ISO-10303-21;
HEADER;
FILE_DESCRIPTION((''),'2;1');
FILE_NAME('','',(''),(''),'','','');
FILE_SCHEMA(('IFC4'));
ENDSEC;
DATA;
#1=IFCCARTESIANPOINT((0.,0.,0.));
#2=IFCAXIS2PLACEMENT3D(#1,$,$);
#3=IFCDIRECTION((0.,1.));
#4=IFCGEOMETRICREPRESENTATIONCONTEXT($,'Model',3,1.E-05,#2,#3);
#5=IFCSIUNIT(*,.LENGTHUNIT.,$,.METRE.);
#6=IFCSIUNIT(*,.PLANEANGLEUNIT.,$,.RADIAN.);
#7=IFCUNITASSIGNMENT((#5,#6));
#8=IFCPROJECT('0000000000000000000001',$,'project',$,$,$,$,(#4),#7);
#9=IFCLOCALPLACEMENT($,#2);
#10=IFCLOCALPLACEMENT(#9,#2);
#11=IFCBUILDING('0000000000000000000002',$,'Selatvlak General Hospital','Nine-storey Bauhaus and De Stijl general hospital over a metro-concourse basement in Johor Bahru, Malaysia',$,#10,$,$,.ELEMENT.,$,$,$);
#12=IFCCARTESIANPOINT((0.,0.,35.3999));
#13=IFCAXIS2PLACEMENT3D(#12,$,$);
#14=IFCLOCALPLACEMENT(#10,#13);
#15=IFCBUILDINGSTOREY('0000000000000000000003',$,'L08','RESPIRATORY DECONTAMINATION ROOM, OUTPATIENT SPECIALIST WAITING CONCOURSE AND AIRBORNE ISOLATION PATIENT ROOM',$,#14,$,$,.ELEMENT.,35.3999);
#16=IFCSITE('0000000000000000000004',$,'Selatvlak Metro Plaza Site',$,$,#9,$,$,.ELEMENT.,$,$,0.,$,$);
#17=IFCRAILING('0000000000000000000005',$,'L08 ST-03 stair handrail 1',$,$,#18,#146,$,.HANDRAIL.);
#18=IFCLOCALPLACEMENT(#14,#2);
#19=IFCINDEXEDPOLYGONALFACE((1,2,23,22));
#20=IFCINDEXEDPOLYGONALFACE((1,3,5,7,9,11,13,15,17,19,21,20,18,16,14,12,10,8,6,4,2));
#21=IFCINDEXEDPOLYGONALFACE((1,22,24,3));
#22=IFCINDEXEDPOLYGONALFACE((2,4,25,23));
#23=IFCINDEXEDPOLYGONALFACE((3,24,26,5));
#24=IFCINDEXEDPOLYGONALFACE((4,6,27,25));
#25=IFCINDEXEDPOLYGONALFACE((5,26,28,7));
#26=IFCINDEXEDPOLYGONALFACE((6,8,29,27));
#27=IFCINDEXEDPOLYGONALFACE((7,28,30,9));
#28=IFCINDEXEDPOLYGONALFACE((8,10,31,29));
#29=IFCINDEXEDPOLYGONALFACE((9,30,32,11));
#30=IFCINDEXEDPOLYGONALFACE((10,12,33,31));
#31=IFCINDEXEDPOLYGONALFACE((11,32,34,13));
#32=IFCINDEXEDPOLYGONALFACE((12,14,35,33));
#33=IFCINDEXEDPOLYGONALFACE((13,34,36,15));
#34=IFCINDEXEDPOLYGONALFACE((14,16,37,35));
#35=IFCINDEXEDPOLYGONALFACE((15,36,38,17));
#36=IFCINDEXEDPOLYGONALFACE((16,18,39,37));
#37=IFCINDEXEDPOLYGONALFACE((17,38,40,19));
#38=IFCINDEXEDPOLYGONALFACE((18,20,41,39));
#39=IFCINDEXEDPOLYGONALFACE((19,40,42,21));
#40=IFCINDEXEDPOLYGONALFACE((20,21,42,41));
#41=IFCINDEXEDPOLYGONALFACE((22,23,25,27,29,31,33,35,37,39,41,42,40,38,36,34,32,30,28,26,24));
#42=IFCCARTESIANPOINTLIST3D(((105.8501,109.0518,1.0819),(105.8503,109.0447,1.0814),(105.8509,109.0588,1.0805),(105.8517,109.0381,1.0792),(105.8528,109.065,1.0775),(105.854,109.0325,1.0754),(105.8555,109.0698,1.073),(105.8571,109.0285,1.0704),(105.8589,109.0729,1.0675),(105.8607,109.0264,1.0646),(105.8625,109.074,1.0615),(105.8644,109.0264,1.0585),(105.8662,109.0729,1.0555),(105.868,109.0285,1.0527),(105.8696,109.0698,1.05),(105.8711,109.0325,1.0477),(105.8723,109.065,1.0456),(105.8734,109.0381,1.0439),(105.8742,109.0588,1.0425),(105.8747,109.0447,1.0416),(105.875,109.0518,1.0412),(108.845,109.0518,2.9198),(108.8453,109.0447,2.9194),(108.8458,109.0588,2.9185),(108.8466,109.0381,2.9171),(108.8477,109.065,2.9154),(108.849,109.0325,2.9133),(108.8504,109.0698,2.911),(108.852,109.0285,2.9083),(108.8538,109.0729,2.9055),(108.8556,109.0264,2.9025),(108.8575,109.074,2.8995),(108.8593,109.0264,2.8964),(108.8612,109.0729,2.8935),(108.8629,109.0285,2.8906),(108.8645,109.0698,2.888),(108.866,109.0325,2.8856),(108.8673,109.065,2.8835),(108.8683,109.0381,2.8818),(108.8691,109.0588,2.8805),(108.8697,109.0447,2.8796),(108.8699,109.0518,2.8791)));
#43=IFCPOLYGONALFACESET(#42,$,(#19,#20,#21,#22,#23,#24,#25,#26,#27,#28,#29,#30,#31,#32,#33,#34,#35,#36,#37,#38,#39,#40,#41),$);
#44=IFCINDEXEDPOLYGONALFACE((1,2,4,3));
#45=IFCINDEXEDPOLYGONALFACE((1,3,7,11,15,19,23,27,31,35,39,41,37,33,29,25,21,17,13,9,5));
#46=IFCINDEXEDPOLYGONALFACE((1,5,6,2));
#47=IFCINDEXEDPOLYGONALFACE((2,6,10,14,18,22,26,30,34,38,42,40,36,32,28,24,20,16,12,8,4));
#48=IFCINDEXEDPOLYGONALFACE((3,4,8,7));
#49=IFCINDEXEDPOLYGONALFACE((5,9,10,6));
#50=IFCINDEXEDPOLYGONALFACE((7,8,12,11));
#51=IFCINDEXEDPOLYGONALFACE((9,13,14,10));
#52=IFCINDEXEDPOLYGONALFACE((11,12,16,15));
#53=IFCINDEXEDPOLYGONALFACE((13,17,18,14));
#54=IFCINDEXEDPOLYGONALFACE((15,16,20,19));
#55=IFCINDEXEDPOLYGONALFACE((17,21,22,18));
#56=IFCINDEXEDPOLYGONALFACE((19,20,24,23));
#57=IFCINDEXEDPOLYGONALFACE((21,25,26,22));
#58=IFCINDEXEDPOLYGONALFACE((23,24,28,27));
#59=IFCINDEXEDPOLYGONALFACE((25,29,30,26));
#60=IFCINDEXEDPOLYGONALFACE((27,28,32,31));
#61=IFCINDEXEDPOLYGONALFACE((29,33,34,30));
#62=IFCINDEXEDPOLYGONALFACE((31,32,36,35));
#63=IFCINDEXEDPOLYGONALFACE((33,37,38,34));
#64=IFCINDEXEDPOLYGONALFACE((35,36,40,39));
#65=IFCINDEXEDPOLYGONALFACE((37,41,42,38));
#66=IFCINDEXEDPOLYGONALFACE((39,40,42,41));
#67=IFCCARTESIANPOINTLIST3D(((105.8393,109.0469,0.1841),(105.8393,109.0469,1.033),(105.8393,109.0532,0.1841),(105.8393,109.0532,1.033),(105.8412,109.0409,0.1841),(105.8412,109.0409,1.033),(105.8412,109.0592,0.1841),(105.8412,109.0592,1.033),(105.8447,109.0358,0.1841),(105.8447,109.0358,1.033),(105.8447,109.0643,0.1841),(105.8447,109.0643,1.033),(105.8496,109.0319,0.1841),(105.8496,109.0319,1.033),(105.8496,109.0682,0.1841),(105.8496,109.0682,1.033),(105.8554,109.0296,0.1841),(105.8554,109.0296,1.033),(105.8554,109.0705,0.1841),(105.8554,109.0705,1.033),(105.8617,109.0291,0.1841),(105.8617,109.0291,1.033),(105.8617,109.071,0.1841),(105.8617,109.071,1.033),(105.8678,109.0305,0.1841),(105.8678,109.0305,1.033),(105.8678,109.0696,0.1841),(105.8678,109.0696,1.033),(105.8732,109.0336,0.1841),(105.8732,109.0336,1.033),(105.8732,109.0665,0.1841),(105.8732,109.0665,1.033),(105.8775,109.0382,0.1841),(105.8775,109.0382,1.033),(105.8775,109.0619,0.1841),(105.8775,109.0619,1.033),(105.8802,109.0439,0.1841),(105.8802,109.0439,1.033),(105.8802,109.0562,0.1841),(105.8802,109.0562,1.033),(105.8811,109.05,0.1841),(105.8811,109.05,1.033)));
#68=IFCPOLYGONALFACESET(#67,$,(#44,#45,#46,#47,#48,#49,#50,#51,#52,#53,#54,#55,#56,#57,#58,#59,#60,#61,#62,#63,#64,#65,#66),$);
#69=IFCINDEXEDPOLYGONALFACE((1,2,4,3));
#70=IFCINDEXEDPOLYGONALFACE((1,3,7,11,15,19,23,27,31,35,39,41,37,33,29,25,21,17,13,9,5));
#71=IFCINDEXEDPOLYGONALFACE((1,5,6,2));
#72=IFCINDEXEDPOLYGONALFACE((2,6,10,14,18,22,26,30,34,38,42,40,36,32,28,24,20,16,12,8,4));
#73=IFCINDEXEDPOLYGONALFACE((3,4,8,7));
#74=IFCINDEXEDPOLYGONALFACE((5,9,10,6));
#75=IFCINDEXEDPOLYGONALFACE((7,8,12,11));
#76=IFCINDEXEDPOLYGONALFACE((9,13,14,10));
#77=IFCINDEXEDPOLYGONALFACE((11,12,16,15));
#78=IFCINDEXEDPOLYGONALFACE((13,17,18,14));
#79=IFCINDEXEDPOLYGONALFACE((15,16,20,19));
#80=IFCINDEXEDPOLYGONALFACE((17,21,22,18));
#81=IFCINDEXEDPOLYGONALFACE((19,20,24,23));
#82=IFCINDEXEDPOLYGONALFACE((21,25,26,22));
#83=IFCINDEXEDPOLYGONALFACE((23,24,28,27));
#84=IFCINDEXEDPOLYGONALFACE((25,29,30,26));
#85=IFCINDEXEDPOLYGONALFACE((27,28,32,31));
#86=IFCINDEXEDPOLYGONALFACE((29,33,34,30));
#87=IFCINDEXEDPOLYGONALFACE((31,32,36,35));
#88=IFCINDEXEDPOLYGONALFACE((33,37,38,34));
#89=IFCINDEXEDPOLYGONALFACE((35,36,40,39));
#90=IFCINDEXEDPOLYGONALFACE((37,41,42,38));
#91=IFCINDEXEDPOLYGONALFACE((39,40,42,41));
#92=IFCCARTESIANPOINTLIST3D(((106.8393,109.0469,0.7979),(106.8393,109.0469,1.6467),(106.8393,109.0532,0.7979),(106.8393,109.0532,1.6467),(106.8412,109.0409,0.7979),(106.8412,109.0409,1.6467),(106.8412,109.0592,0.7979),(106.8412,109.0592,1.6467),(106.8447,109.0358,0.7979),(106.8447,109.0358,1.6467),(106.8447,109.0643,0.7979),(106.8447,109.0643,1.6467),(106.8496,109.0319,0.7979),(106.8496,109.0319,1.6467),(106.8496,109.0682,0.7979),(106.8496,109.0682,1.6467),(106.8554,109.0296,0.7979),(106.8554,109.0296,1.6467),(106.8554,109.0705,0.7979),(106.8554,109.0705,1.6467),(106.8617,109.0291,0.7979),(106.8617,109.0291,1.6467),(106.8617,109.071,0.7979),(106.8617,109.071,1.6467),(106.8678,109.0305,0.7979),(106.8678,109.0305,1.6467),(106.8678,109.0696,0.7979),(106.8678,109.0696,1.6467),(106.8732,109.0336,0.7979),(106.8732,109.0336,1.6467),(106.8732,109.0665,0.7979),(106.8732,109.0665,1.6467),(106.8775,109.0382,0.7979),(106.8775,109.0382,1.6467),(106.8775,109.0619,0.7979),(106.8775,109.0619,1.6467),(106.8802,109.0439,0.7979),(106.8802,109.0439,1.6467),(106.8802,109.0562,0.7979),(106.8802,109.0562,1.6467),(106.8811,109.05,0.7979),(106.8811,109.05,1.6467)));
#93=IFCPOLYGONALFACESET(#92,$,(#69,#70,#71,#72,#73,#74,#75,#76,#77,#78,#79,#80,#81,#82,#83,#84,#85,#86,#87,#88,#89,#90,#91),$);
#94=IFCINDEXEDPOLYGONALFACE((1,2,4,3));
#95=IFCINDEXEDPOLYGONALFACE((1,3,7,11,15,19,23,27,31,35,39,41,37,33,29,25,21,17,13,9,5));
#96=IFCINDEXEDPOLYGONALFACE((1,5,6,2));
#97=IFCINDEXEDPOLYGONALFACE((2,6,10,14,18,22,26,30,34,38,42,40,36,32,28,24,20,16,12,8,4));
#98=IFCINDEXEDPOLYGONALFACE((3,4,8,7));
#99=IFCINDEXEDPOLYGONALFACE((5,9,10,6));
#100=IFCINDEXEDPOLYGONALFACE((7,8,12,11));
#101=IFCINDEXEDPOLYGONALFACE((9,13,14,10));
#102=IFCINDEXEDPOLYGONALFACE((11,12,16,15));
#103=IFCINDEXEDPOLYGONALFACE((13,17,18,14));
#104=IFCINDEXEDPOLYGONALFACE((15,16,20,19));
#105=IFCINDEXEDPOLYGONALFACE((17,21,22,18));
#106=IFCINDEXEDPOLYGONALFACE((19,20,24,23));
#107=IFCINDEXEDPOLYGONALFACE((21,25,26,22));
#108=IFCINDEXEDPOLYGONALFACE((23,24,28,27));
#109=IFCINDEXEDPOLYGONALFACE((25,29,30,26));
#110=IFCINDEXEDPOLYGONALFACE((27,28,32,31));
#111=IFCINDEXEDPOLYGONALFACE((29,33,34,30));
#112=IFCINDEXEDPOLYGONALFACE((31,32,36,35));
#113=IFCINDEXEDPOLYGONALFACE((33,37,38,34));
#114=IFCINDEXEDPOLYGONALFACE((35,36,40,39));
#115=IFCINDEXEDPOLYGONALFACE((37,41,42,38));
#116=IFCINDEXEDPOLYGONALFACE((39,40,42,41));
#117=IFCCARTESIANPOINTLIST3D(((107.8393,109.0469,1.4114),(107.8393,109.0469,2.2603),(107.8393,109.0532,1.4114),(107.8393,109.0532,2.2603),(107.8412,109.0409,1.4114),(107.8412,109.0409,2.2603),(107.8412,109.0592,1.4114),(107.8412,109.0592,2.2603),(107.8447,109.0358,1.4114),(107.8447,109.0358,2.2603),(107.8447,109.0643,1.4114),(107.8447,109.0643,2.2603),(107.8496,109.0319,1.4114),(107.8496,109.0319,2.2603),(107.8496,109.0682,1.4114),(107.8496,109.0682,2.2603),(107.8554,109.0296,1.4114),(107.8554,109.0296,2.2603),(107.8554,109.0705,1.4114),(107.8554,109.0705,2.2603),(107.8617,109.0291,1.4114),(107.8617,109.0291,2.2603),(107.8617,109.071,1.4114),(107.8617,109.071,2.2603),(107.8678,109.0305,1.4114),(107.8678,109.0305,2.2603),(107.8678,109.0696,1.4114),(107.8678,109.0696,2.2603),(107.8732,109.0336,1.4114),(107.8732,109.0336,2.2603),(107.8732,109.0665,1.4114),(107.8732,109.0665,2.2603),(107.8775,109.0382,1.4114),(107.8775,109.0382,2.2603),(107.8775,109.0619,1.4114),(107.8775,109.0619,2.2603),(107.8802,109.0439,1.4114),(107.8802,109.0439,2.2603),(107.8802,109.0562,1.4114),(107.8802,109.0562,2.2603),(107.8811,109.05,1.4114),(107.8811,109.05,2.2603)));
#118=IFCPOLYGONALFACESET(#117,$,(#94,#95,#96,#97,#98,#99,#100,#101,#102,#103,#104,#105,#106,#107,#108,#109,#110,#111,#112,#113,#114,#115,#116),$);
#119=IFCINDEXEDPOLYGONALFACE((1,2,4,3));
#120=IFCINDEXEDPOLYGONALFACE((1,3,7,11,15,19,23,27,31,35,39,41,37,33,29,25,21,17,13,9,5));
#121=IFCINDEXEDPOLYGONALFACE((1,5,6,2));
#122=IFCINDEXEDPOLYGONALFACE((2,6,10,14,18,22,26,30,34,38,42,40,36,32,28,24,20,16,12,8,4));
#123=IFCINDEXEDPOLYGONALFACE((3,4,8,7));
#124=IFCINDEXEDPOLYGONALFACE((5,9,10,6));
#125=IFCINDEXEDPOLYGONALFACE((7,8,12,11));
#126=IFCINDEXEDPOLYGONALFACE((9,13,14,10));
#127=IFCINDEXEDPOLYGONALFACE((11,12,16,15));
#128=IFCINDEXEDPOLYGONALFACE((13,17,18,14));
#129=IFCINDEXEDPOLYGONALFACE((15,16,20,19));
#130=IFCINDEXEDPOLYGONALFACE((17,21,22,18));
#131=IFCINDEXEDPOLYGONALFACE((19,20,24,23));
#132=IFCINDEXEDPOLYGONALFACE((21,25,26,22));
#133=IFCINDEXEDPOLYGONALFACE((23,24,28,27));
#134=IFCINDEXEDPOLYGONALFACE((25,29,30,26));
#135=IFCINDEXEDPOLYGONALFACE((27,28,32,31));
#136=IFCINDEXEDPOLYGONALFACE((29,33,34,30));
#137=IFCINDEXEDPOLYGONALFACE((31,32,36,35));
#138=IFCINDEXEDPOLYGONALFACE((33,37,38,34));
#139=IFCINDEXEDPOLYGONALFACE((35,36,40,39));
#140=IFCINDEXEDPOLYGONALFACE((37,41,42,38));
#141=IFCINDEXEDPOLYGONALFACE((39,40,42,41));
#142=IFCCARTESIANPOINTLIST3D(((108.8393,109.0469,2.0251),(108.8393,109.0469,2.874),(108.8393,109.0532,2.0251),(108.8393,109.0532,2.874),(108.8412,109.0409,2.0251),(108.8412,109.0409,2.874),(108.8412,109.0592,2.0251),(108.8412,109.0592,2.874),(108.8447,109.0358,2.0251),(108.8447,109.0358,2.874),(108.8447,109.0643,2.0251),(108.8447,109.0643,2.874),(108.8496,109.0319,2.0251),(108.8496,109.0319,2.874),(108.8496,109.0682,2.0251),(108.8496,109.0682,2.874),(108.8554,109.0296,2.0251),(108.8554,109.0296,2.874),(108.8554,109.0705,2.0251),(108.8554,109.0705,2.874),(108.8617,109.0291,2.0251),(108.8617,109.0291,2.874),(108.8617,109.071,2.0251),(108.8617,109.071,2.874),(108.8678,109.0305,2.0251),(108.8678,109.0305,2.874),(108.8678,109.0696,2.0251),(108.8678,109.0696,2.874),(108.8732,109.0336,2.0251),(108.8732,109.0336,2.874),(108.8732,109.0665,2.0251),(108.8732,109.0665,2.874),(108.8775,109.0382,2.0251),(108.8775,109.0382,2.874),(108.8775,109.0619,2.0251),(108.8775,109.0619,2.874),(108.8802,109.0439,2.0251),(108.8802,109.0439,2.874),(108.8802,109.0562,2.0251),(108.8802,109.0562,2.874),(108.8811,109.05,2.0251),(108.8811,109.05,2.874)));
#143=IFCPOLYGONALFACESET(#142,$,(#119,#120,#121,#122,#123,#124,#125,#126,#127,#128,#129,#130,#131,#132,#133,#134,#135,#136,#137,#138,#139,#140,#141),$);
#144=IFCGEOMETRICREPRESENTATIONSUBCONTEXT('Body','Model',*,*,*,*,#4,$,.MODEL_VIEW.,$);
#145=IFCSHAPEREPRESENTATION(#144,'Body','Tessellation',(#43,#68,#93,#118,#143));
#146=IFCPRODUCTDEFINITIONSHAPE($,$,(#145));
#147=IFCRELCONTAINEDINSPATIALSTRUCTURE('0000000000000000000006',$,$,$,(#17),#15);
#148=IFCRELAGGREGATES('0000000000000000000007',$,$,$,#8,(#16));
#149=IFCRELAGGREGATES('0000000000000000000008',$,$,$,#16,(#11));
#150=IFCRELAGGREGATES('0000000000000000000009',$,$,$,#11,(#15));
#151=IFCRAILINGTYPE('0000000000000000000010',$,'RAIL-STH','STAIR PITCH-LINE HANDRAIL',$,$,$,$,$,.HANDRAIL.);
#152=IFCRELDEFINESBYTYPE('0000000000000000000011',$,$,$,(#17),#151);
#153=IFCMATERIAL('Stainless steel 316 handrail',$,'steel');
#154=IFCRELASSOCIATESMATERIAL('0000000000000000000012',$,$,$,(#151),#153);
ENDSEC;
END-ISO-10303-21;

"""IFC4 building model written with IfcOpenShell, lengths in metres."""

from ifc_helpers import new_model, si_unit, direction, frame, origin, origin_2d, place, context, subcontext, project, spatial, circle, extrude, material, type_object, element, save


model = new_model("IFC4")

# Units and contexts
model_context = context("Model", 3, precision=1e-05, world=origin(), true_north=direction((0.0, 1.0)))
body_context = subcontext(model_context, "Body", "Model", "MODEL_VIEW")
ifc_project = project(units=[si_unit("LENGTHUNIT", "METRE"), si_unit("PLANEANGLEUNIT", "RADIAN")], contexts=[model_context])

# Site, building, storey
site_placement = place(None, origin())
site = spatial("IfcSite", under=ifc_project, at=site_placement, Name="Selatvlak Metro Plaza Site", CompositionType="ELEMENT", RefElevation=0.0)
building_placement = place(site_placement, origin())
building = spatial("IfcBuilding", under=site, at=building_placement, Name="Selatvlak General Hospital", Description="Nine-storey Bauhaus and De Stijl general hospital over a metro-concourse basement in Johor Bahru, Malaysia", CompositionType="ELEMENT")
storey_placement = place(building_placement, frame((0.0, 0.0, 35.3999)))
storey = spatial("IfcBuildingStorey", under=building, at=storey_placement, Name="L08", Description="RESPIRATORY DECONTAMINATION ROOM, OUTPATIENT SPECIALIST WAITING CONCOURSE AND AIRBORNE ISOLATION PATIENT ROOM", CompositionType="ELEMENT", Elevation=35.3999)

# Railing
ifc_material_1 = material(Name="Stainless steel 316 handrail", Category="steel")
railing_type_1 = type_object("IfcRailingType", Name="RAIL-STH", Description="STAIR PITCH-LINE HANDRAIL", PredefinedType="HANDRAIL", material=ifc_material_1)
railing_1_placement = place(storey_placement, frame((105.8601, 109.05, 0.1841)))
element("IfcRailing", 1, at=railing_1_placement, inside=storey, type_object=railing_type_1, Name="L08 ST-03 stair handrail 1", PredefinedType="HANDRAIL", context=body_context, shape_type="SweptSolid", body=[
    extrude(circle(Radius=0.0239, at=origin_2d()), frame((0.0024, 0.0, 0.8774), z_axis=(0.852303, 0.0, 0.523048), x_axis=(0.0, 1.0, 0.0)), (0.0, 0.0, 1.0), 3.5139),
    extrude(circle(Radius=0.021, at=origin_2d()), origin(), (0.0, 0.0, 1.0), 0.8489),
    extrude(circle(Radius=0.021, at=origin_2d()), frame((1.0, 0.0, 0.6138)), (0.0, 0.0, 1.0), 0.8489),
    extrude(circle(Radius=0.021, at=origin_2d()), frame((2.0, 0.0, 1.2273)), (0.0, 0.0, 1.0), 0.8489),
    extrude(circle(Radius=0.021, at=origin_2d()), frame((3.0, 0.0, 1.8411)), (0.0, 0.0, 1.0), 0.8489),
])

save(model, "model.ifc")
